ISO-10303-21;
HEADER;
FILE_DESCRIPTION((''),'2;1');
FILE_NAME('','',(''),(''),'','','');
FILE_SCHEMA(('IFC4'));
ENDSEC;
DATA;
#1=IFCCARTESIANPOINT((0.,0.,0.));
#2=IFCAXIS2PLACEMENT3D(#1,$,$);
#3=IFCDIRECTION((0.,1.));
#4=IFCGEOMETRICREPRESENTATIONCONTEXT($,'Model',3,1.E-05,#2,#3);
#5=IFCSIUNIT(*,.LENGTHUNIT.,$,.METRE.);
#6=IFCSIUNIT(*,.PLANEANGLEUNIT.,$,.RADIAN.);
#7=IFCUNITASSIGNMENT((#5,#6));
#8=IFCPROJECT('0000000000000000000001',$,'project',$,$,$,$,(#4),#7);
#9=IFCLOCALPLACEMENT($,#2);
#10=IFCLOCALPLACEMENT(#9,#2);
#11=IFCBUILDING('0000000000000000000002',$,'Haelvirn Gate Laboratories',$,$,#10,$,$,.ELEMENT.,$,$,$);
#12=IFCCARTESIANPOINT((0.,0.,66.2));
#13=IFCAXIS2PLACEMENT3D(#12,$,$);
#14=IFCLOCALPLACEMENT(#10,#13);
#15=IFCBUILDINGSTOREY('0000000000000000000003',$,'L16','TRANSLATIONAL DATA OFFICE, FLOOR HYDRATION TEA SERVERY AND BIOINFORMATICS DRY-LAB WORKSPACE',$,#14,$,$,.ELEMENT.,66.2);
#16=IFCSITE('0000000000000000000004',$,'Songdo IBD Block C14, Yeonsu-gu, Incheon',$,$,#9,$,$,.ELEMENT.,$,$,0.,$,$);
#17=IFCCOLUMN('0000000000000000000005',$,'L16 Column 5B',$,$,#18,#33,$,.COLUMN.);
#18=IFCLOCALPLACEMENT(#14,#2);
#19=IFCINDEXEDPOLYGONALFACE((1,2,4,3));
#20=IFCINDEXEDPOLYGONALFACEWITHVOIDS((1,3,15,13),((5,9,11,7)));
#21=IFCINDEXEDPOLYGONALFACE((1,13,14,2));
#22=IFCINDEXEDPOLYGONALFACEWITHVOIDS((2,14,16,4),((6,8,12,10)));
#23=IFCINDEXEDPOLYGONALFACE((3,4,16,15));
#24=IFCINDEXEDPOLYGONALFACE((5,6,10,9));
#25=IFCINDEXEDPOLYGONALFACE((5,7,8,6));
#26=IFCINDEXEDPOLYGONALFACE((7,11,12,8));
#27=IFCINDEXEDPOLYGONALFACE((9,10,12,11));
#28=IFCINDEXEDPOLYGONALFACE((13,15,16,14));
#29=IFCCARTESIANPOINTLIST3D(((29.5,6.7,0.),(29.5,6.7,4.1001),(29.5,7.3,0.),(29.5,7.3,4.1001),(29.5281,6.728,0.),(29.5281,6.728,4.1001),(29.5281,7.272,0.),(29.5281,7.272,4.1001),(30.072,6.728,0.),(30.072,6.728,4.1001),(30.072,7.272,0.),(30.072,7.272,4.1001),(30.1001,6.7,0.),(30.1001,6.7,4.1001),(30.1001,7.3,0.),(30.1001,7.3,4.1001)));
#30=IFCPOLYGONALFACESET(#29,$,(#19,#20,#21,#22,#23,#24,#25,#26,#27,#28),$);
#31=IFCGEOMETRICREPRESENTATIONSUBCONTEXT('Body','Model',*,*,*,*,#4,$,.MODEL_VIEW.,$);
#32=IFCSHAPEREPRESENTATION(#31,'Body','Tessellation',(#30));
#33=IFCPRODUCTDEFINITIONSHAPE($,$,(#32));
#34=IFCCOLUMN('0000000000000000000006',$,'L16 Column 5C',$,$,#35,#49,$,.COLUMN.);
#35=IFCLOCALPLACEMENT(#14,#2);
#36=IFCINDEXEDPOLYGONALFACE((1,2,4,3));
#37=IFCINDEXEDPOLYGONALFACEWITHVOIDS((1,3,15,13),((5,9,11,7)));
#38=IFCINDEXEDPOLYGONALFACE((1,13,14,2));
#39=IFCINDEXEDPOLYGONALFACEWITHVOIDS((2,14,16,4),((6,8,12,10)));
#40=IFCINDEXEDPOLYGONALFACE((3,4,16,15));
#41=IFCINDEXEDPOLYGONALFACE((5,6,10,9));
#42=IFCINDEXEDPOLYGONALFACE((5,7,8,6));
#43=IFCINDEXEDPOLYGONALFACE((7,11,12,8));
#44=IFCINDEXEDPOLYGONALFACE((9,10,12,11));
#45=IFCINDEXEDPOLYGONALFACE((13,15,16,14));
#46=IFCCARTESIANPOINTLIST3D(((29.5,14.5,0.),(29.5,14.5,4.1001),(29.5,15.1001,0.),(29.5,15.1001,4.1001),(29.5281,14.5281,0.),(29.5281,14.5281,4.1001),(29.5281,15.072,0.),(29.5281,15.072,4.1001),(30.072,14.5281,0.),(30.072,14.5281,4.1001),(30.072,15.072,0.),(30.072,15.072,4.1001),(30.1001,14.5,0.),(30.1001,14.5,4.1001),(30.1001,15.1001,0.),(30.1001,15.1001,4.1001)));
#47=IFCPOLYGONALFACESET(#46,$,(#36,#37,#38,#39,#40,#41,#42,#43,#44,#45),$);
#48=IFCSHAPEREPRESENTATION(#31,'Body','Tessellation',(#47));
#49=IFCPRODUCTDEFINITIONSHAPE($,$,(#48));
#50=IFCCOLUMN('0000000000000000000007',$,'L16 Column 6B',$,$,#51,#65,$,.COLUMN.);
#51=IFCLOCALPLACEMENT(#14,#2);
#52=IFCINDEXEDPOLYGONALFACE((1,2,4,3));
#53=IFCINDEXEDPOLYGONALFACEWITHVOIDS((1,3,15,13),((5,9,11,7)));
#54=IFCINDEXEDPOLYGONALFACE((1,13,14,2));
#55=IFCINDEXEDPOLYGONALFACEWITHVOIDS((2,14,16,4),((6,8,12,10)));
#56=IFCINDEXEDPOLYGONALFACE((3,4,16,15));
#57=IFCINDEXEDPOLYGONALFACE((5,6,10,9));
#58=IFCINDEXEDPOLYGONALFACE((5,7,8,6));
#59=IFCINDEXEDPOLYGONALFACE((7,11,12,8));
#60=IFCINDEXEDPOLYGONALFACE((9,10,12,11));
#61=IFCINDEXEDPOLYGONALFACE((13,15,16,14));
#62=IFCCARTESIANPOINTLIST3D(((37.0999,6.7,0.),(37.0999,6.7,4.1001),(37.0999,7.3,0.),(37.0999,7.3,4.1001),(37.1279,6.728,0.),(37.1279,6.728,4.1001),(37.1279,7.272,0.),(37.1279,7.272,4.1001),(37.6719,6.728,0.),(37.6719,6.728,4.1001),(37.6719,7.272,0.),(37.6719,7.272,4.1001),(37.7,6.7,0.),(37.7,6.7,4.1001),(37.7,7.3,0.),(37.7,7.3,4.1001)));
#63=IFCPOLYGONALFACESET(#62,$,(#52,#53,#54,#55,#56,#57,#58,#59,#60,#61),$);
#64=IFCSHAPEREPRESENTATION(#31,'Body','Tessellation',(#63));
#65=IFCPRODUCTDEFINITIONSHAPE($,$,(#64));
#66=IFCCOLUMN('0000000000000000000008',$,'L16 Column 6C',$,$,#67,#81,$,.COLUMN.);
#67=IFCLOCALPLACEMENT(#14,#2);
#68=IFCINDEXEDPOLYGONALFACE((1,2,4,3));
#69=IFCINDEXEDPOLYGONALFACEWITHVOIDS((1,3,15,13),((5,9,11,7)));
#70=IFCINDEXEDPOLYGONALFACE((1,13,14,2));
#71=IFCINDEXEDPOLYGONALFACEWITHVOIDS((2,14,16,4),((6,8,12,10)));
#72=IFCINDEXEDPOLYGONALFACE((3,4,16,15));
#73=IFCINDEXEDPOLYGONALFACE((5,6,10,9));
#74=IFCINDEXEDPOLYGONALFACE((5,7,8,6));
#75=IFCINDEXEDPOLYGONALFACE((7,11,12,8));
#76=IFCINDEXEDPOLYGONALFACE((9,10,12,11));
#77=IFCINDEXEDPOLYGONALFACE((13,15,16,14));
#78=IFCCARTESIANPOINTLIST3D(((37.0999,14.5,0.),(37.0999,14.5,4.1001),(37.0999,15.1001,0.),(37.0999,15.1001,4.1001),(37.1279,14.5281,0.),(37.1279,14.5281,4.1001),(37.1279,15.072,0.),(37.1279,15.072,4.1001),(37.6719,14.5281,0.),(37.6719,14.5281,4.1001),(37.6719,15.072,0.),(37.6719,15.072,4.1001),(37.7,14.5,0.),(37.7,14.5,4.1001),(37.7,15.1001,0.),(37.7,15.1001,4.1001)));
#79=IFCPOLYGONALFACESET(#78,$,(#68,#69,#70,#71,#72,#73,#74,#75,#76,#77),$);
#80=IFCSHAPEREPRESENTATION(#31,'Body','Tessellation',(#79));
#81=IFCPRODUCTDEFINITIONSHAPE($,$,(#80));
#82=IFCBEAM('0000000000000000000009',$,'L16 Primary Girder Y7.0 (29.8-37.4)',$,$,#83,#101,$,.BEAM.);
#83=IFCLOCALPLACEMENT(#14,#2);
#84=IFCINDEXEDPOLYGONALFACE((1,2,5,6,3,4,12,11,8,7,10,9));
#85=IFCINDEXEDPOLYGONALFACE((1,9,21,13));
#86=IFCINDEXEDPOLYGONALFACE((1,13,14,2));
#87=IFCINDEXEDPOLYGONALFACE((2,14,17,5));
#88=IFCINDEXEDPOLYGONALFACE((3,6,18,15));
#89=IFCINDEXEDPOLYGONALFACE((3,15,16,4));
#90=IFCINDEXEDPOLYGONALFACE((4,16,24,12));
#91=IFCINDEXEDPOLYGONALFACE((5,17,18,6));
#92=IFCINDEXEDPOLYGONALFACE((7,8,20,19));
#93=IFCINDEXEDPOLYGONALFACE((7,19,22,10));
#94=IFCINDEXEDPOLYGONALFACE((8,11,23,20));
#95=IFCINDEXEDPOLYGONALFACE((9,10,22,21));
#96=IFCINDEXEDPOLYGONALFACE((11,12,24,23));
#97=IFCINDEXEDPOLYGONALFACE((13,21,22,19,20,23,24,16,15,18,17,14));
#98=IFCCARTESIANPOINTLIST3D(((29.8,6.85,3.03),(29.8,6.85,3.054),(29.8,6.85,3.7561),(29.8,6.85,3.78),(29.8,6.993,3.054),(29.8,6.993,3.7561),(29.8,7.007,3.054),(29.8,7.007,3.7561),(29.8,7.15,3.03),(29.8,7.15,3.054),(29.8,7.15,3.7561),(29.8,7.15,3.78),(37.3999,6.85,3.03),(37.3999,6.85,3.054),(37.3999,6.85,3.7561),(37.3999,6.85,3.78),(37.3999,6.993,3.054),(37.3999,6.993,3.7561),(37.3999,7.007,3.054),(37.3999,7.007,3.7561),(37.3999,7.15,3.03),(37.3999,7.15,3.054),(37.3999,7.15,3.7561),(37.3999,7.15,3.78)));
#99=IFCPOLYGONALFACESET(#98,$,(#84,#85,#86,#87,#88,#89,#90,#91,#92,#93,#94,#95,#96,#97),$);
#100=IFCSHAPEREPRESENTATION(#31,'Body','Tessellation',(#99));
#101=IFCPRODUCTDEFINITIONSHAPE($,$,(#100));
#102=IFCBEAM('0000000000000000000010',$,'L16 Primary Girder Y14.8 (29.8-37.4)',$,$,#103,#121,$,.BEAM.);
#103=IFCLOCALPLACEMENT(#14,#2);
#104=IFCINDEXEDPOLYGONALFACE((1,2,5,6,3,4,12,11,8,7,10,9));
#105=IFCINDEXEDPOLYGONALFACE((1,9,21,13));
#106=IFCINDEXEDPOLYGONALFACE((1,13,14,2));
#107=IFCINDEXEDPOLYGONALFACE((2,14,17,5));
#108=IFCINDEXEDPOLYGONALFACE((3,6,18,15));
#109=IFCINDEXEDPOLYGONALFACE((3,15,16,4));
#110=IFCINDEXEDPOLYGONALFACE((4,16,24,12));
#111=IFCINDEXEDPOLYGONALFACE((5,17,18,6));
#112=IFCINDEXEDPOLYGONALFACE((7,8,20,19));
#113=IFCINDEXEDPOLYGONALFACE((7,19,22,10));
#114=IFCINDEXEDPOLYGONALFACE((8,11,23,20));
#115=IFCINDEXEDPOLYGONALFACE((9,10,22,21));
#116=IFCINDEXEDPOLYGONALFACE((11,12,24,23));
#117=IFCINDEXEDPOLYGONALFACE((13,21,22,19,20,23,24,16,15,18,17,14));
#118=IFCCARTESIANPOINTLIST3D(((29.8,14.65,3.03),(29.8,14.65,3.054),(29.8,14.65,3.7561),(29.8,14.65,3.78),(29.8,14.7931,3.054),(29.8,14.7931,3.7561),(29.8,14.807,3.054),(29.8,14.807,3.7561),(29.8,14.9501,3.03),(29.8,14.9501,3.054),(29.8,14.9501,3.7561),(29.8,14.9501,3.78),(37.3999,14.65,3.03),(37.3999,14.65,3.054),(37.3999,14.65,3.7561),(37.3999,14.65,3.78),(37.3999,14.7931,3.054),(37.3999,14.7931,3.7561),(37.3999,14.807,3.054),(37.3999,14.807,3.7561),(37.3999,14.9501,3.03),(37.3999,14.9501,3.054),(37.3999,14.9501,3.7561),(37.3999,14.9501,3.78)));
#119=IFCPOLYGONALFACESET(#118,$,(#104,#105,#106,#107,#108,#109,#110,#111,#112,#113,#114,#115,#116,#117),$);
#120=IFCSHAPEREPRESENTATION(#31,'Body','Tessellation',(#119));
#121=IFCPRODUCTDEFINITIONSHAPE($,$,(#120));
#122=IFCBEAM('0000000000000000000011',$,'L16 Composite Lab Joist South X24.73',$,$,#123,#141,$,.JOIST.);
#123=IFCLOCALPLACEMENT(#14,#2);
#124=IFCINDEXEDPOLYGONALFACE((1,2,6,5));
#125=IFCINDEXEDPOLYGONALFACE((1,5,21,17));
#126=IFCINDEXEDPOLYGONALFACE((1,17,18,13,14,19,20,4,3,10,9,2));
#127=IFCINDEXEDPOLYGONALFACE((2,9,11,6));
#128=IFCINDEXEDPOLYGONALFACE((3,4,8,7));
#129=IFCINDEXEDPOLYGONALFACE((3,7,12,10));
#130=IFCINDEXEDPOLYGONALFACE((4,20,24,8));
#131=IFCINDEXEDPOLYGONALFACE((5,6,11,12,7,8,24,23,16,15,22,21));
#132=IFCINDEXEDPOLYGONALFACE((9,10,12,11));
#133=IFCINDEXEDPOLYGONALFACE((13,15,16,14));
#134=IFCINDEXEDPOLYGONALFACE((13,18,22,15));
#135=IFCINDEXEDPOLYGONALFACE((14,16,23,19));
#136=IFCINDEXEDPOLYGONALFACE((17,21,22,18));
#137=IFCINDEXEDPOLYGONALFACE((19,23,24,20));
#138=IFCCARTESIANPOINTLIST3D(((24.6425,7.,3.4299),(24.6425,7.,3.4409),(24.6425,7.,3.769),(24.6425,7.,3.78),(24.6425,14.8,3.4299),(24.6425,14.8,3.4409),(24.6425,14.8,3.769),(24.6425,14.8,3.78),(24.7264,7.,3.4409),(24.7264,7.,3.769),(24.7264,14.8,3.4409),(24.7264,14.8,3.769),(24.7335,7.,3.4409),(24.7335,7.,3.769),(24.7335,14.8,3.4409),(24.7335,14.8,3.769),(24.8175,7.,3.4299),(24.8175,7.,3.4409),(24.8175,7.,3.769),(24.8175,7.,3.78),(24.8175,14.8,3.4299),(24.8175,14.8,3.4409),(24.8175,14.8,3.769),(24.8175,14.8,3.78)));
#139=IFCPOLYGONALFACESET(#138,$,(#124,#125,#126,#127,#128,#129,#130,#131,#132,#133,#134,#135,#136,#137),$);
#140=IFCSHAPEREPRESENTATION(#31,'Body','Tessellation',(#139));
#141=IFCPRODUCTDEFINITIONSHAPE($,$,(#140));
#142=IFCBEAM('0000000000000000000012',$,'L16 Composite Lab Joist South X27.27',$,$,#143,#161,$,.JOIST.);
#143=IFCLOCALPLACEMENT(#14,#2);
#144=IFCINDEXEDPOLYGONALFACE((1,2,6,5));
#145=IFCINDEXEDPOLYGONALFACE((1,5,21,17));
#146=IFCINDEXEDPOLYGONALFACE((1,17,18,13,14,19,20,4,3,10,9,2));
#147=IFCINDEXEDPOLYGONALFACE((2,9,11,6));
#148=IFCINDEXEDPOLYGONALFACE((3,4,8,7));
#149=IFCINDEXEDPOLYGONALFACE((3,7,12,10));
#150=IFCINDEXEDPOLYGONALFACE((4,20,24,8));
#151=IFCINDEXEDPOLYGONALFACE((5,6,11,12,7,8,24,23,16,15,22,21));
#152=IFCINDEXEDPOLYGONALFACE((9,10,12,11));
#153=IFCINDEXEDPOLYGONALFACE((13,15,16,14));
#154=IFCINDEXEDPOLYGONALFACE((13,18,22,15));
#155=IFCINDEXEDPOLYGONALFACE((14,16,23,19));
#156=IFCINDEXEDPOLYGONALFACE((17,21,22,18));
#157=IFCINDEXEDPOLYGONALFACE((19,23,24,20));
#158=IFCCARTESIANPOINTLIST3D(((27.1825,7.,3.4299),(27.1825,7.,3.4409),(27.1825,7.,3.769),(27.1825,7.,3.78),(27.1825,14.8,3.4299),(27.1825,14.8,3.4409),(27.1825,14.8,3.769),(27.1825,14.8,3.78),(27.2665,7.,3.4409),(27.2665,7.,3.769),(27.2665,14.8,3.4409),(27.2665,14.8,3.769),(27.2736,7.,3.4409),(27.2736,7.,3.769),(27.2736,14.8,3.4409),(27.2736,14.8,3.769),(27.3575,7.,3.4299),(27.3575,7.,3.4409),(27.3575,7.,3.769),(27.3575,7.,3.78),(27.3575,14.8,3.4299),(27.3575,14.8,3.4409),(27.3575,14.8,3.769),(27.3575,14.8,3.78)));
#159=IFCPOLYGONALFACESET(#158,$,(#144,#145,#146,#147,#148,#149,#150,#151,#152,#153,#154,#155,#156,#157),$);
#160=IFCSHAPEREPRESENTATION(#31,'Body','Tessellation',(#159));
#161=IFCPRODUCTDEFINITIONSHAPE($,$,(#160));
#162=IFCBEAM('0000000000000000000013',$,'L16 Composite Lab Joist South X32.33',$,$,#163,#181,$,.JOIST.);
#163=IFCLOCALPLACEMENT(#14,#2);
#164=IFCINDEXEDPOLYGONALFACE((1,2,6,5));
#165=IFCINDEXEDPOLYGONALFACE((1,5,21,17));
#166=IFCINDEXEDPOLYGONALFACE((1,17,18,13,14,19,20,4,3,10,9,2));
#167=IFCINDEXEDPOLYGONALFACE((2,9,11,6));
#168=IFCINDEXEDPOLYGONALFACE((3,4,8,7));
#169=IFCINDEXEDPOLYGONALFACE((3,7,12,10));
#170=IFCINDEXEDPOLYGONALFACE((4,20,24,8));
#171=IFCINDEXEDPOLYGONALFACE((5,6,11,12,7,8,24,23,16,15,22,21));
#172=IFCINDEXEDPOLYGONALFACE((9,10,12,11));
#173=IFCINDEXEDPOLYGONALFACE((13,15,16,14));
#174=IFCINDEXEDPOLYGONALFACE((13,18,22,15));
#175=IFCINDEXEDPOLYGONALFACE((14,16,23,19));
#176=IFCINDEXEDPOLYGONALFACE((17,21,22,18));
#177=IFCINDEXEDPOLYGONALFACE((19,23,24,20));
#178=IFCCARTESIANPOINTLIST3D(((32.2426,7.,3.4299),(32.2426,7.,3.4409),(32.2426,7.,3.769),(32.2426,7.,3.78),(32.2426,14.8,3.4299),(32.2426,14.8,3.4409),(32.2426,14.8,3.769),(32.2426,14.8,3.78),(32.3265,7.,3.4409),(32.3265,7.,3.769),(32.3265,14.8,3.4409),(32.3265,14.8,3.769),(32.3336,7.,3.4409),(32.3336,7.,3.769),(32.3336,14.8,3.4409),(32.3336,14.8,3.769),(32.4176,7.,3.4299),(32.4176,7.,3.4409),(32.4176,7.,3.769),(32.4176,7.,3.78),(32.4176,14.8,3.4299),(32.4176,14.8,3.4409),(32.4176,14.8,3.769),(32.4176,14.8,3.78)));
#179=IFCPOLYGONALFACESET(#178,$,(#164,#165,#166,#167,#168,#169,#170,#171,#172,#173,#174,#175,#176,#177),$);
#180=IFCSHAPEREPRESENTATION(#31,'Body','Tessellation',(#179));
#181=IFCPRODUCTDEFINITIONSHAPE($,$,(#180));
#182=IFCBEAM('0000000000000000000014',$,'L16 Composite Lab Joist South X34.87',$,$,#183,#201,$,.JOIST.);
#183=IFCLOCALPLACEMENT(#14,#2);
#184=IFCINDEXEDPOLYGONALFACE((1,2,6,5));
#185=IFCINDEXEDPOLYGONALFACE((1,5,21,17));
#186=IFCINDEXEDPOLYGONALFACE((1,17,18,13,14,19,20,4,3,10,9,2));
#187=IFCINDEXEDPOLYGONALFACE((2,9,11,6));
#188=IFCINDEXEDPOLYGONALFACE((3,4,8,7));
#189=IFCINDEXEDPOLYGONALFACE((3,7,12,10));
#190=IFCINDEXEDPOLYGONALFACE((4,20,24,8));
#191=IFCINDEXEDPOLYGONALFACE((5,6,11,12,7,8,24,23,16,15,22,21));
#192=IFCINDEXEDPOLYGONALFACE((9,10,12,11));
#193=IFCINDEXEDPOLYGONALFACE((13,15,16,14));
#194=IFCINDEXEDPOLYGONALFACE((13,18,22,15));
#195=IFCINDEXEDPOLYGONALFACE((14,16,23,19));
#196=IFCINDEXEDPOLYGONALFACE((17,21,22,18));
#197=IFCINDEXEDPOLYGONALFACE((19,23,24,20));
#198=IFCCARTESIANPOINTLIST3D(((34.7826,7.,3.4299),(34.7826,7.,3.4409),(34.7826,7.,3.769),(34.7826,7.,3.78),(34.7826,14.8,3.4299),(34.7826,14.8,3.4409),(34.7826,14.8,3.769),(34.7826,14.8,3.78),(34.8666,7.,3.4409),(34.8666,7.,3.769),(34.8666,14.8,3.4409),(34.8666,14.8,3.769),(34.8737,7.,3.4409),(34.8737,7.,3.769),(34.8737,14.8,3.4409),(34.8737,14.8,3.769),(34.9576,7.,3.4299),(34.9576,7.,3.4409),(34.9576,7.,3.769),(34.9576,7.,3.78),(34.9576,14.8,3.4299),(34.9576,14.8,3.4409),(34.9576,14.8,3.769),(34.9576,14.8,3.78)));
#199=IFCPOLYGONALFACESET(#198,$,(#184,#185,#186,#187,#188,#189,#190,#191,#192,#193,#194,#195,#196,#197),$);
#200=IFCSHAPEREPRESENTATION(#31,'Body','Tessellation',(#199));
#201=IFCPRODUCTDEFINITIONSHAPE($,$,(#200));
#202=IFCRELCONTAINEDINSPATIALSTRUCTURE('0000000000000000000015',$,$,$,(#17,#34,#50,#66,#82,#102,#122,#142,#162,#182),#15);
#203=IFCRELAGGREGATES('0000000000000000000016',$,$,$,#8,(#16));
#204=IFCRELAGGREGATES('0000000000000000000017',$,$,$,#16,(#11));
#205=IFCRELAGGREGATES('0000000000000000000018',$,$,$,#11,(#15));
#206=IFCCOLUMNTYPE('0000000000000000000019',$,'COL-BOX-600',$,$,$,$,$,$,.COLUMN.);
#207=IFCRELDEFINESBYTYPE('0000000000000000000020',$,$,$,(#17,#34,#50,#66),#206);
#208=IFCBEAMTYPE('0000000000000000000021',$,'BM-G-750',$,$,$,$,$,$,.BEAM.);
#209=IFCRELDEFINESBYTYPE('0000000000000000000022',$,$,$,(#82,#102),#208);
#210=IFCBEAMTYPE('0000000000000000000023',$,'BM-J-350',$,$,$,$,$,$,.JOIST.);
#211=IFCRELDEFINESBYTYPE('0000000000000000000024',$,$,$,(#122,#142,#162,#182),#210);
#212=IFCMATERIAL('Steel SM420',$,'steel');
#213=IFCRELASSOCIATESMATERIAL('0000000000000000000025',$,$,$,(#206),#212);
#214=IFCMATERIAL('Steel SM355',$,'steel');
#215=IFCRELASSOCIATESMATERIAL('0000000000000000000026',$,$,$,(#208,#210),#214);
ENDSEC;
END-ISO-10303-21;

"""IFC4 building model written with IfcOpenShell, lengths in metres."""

from ifc_helpers import new_model, si_unit, direction, frame, origin, origin_2d, place, context, subcontext, project, spatial, hollow_rectangle, i_section, extrude, source, transform, mapped, material, material_profile, profile_set, type_object, type_shapes, element, save


model = new_model("IFC4")

# Units and contexts
model_context = context("Model", 3, precision=1e-05, world=origin(), true_north=direction((0.0, 1.0)))
body_context = subcontext(model_context, "Body", "Model", "MODEL_VIEW")
ifc_project = project(units=[si_unit("LENGTHUNIT", "METRE"), si_unit("PLANEANGLEUNIT", "RADIAN")], contexts=[model_context])

# Site, building, storey
site_placement = place(None, origin())
site = spatial("IfcSite", under=ifc_project, at=site_placement, Name="Songdo IBD Block C14, Yeonsu-gu, Incheon", CompositionType="ELEMENT", RefElevation=0.0)
building_placement = place(site_placement, origin())
building = spatial("IfcBuilding", under=site, at=building_placement, Name="Haelvirn Gate Laboratories", CompositionType="ELEMENT")
storey_placement = place(building_placement, frame((0.0, 0.0, 66.2)))
storey = spatial("IfcBuildingStorey", under=building, at=storey_placement, Name="L16", Description="TRANSLATIONAL DATA OFFICE, FLOOR HYDRATION TEA SERVERY AND BIOINFORMATICS DRY-LAB WORKSPACE", CompositionType="ELEMENT", Elevation=66.2)

# Columns
ifc_material_1 = material(Name="Steel SM420", Category="steel")
ifc_material_profile_1 = material_profile(ifc_material_1, hollow_rectangle(XDim=0.6001, YDim=0.6001, WallThickness=0.0281, at=origin_2d()), Name="BOX-600x600x28")
ifc_profile_set_1 = profile_set([ifc_material_profile_1], Name="Steel SM420")
column_type = type_object("IfcColumnType", Name="COL-BOX-600", PredefinedType="COLUMN", material=ifc_profile_set_1)
shared_shape_1 = source(origin(), body_context, "Body", "SweptSolid", [
    extrude(hollow_rectangle(XDim=0.6001, YDim=0.6001, WallThickness=0.0281, at=origin_2d()), origin(), (0.0, 0.0, 1.0), 4.1001),
])
type_shapes(column_type, [shared_shape_1])
for number, where, z_axis, x_axis, name in (
    (1, (29.8, 7.0, 0.0), (0.0, 0.0, 1.0), (1.0, 0.0, 0.0), "L16 Column 5B"),
    (2, (29.8, 14.8, 0.0), (0.0, 0.0, 1.0), (1.0, 0.0, 0.0), "L16 Column 5C"),
    (3, (37.3999, 7.0, 0.0), (0.0, 0.0, 1.0), (1.0, 0.0, 0.0), "L16 Column 6B"),
    (4, (37.3999, 14.8, 0.0), (0.0, 0.0, 1.0), (1.0, 0.0, 0.0), "L16 Column 6C"),
):
    element("IfcColumn", number, at=place(storey_placement, frame(where, z_axis=z_axis, x_axis=x_axis)), inside=storey, type_object=column_type, Name=name, PredefinedType="COLUMN", context=body_context, shape_type="MappedRepresentation", body=[
        mapped(shared_shape_1, transform((0.0, 0.0, 0.0), scale=1.0)),
    ])

# Beams
ifc_material_2 = material(Name="Steel SM355", Category="steel")
ifc_material_profile_2 = material_profile(ifc_material_2, i_section(OverallWidth=0.3, OverallDepth=0.75, WebThickness=0.0139, FlangeThickness=0.0239, at=origin_2d()), Name="H-750x300x14x24")
ifc_profile_set_2 = profile_set([ifc_material_profile_2], Name="Steel SM355")
beam_type_1 = type_object("IfcBeamType", Name="BM-G-750", PredefinedType="BEAM", material=ifc_profile_set_2)
shared_shape_2 = source(origin(), body_context, "Body", "SweptSolid", [
    extrude(i_section(OverallWidth=0.3, OverallDepth=0.75, WebThickness=0.0139, FlangeThickness=0.0239, at=origin_2d()), origin(), (0.0, 0.0, 1.0), 7.5999),
])
type_shapes(beam_type_1, [shared_shape_2])
for number, where, z_axis, x_axis, name in (
    (5, (29.8, 7.0, 3.405), (1.0, 0.0, 0.0), (0.0, 1.0, 0.0), "L16 Primary Girder Y7.0 (29.8-37.4)"),
    (6, (29.8, 14.8, 3.405), (1.0, 0.0, 0.0), (0.0, 1.0, 0.0), "L16 Primary Girder Y14.8 (29.8-37.4)"),
):
    element("IfcBeam", number, at=place(storey_placement, frame(where, z_axis=z_axis, x_axis=x_axis)), inside=storey, type_object=beam_type_1, Name=name, PredefinedType="BEAM", context=body_context, shape_type="MappedRepresentation", body=[
        mapped(shared_shape_2, transform((0.0, 0.0, 0.0), scale=1.0)),
    ])
ifc_material_profile_3 = material_profile(ifc_material_2, i_section(OverallWidth=0.175, OverallDepth=0.3501, WebThickness=0.0071, FlangeThickness=0.011, at=origin_2d()), Name="H-350x175x7x11")
ifc_profile_set_3 = profile_set([ifc_material_profile_3], Name="Steel SM355")
beam_type_2 = type_object("IfcBeamType", Name="BM-J-350", PredefinedType="JOIST", material=ifc_profile_set_3)
shared_shape_3 = source(origin(), body_context, "Body", "SweptSolid", [
    extrude(i_section(OverallWidth=0.175, OverallDepth=0.3501, WebThickness=0.0071, FlangeThickness=0.011, at=origin_2d()), origin(), (0.0, 0.0, 1.0), 7.8),
])
type_shapes(beam_type_2, [shared_shape_3])
for number, where, z_axis, x_axis, name in (
    (7, (24.73, 7.0, 3.605), (0.0, 1.0, 0.0), (-1.0, 0.0, 0.0), "L16 Composite Lab Joist South X24.73"),
    (8, (27.27, 7.0, 3.605), (0.0, 1.0, 0.0), (-1.0, 0.0, 0.0), "L16 Composite Lab Joist South X27.27"),
    (9, (32.3301, 7.0, 3.605), (0.0, 1.0, 0.0), (-1.0, 0.0, 0.0), "L16 Composite Lab Joist South X32.33"),
    (10, (34.8701, 7.0, 3.605), (0.0, 1.0, 0.0), (-1.0, 0.0, 0.0), "L16 Composite Lab Joist South X34.87"),
):
    element("IfcBeam", number, at=place(storey_placement, frame(where, z_axis=z_axis, x_axis=x_axis)), inside=storey, type_object=beam_type_2, Name=name, PredefinedType="JOIST", context=body_context, shape_type="MappedRepresentation", body=[
        mapped(shared_shape_3, transform((0.0, 0.0, 0.0), scale=1.0)),
    ])

save(model, "model.ifc")
